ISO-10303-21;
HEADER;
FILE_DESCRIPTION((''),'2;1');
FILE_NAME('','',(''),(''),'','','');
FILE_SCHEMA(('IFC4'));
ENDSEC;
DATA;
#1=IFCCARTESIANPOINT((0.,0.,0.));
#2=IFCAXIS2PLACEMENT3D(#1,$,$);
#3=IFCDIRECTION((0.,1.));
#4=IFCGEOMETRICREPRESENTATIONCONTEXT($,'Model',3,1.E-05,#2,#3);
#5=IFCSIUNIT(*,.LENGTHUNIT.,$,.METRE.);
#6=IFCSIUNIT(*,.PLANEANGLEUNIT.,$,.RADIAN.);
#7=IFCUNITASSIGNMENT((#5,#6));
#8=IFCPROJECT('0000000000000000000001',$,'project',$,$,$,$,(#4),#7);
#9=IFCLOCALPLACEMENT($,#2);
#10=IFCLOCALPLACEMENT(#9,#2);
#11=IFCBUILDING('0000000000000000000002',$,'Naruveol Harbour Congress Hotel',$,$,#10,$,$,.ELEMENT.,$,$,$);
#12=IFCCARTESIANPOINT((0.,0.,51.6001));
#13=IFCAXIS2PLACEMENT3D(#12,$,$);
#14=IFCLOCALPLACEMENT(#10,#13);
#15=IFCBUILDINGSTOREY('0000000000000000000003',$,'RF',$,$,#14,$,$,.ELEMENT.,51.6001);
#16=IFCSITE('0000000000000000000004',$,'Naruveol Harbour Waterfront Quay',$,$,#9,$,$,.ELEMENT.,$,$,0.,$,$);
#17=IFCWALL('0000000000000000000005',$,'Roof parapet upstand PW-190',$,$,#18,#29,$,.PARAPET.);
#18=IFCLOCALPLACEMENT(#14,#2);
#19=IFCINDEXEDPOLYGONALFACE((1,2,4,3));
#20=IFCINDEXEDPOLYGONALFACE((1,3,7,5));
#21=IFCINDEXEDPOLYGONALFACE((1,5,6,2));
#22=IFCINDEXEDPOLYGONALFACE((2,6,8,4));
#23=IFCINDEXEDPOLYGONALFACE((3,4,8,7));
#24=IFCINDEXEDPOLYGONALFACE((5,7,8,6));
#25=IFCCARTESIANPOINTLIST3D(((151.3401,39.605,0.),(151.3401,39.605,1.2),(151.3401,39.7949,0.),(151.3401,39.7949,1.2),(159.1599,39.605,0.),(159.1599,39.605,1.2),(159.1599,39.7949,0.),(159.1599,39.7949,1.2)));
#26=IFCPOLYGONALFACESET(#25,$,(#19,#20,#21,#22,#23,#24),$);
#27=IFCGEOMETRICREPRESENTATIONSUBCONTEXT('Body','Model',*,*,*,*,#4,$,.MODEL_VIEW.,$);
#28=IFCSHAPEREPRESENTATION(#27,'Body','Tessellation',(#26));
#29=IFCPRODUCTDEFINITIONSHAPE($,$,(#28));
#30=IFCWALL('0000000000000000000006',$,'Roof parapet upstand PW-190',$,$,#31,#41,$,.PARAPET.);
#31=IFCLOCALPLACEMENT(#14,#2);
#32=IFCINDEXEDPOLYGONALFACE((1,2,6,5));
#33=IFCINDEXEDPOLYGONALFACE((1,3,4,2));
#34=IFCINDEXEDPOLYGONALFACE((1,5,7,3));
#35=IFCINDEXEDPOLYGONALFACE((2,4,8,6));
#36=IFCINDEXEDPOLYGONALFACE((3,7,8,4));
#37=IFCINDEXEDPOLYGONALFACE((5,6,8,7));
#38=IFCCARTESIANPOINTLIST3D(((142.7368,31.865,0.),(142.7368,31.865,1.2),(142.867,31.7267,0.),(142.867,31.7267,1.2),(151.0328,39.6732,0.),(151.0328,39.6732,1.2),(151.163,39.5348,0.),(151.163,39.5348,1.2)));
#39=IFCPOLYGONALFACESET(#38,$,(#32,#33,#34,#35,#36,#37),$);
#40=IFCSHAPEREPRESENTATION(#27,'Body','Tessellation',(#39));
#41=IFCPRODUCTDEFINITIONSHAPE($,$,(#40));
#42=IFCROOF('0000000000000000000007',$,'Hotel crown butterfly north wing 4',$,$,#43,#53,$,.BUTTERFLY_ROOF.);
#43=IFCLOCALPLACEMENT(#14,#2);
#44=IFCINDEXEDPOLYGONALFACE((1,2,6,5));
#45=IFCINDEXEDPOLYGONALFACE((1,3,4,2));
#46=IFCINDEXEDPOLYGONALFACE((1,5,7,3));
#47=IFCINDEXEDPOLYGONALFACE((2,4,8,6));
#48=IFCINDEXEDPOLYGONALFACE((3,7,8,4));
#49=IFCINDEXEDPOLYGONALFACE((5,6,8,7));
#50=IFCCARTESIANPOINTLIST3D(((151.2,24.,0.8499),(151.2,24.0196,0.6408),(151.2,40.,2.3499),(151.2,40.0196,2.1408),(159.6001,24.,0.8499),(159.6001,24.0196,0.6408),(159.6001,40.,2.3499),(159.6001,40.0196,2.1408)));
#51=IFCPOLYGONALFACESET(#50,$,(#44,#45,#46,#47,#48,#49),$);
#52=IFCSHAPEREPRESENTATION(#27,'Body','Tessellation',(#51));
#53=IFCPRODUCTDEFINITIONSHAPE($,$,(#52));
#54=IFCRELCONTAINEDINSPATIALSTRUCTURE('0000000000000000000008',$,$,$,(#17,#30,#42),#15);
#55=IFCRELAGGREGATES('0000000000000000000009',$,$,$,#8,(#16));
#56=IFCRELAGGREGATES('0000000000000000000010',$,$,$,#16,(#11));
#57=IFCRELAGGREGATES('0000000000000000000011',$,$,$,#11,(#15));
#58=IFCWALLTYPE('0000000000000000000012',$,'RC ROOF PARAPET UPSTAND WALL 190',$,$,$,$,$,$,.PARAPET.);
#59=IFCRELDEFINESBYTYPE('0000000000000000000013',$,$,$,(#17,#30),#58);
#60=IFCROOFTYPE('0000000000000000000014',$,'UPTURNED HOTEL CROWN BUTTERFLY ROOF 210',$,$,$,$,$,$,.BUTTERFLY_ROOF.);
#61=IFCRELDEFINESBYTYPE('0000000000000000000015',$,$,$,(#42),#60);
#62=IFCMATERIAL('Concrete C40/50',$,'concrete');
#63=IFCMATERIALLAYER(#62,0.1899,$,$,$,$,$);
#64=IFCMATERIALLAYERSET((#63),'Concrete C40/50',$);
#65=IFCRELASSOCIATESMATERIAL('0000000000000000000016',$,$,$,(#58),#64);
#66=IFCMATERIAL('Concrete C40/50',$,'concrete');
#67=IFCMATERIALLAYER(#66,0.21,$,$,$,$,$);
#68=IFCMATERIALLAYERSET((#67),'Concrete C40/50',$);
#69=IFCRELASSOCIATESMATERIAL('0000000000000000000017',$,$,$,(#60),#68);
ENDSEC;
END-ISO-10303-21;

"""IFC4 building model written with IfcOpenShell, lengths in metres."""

from ifc_helpers import new_model, si_unit, direction, frame, frame_2d, origin, place, context, subcontext, project, spatial, polyline, rectangle, outline, extrude, material, layer, layer_set, type_object, element, save


model = new_model("IFC4")

# Units and contexts
model_context = context("Model", 3, precision=1e-05, world=origin(), true_north=direction((0.0, 1.0)))
body_context = subcontext(model_context, "Body", "Model", "MODEL_VIEW")
ifc_project = project(units=[si_unit("LENGTHUNIT", "METRE"), si_unit("PLANEANGLEUNIT", "RADIAN")], contexts=[model_context])

# Site, building, storey
site_placement = place(None, origin())
site = spatial("IfcSite", under=ifc_project, at=site_placement, Name="Naruveol Harbour Waterfront Quay", CompositionType="ELEMENT", RefElevation=0.0)
building_placement = place(site_placement, origin())
building = spatial("IfcBuilding", under=site, at=building_placement, Name="Naruveol Harbour Congress Hotel", CompositionType="ELEMENT")
storey_placement = place(building_placement, frame((0.0, 0.0, 51.6001)))
storey = spatial("IfcBuildingStorey", under=building, at=storey_placement, Name="RF", CompositionType="ELEMENT", Elevation=51.6001)

# Walls
ifc_material_1 = material(Name="Concrete C40/50", Category="concrete")
ifc_layer_1 = layer(ifc_material_1, 0.1899)
ifc_layer_set_1 = layer_set([ifc_layer_1], Name="Concrete C40/50")
wall_type = type_object("IfcWallType", Name="RC ROOF PARAPET UPSTAND WALL 190", PredefinedType="PARAPET", material=ifc_layer_set_1)
wall_1_placement = place(storey_placement, frame((159.1599, 39.7, 0.0), z_axis=(0.0, 0.0, 1.0), x_axis=(-1.0, 0.0, 0.0)))
element("IfcWall", 1, at=wall_1_placement, inside=storey, type_object=wall_type, Name="Roof parapet upstand PW-190", PredefinedType="PARAPET", context=body_context, shape_type="SweptSolid", body=[
    extrude(rectangle(XDim=7.8198, YDim=0.1899, at=frame_2d((3.9099, 0.0))), origin(), (0.0, 0.0, 1.0), 1.2),
])
wall_2_placement = place(storey_placement, frame((151.0979, 39.604, 0.0), z_axis=(0.0, 0.0, 1.0), x_axis=(-0.728191, -0.685374, 0.0)))
element("IfcWall", 2, at=wall_2_placement, inside=storey, type_object=wall_type, Name="Roof parapet upstand PW-190", PredefinedType="PARAPET", context=body_context, shape_type="SweptSolid", body=[
    extrude(rectangle(XDim=11.3926, YDim=0.1899, at=frame_2d((5.6963, 0.0))), origin(), (0.0, 0.0, 1.0), 1.2),
])

# Roof
ifc_material_2 = material(Name="Concrete C40/50", Category="concrete")
ifc_layer_2 = layer(ifc_material_2, 0.21)
ifc_layer_set_2 = layer_set([ifc_layer_2], Name="Concrete C40/50")
roof_type = type_object("IfcRoofType", Name="UPTURNED HOTEL CROWN BUTTERFLY ROOF 210", PredefinedType="BUTTERFLY_ROOF", material=ifc_layer_set_2)
roof_placement = place(storey_placement, frame((151.2, 24.0, 0.8499), z_axis=(0.0, -0.093341, 0.995634), x_axis=(1.0, 0.0, 0.0)))
element("IfcRoof", 3, at=roof_placement, inside=storey, type_object=roof_type, Name="Hotel crown butterfly north wing 4", PredefinedType="BUTTERFLY_ROOF", context=body_context, shape_type="SweptSolid", body=[
    extrude(outline(polyline([(0.0, 0.0), (8.4001, 0.0), (8.4001, 16.0702), (0.0, 16.0702), (0.0, 0.0)])), origin(), (0.0, 0.0, -1.0), 0.21),
])

save(model, "model.ifc")
